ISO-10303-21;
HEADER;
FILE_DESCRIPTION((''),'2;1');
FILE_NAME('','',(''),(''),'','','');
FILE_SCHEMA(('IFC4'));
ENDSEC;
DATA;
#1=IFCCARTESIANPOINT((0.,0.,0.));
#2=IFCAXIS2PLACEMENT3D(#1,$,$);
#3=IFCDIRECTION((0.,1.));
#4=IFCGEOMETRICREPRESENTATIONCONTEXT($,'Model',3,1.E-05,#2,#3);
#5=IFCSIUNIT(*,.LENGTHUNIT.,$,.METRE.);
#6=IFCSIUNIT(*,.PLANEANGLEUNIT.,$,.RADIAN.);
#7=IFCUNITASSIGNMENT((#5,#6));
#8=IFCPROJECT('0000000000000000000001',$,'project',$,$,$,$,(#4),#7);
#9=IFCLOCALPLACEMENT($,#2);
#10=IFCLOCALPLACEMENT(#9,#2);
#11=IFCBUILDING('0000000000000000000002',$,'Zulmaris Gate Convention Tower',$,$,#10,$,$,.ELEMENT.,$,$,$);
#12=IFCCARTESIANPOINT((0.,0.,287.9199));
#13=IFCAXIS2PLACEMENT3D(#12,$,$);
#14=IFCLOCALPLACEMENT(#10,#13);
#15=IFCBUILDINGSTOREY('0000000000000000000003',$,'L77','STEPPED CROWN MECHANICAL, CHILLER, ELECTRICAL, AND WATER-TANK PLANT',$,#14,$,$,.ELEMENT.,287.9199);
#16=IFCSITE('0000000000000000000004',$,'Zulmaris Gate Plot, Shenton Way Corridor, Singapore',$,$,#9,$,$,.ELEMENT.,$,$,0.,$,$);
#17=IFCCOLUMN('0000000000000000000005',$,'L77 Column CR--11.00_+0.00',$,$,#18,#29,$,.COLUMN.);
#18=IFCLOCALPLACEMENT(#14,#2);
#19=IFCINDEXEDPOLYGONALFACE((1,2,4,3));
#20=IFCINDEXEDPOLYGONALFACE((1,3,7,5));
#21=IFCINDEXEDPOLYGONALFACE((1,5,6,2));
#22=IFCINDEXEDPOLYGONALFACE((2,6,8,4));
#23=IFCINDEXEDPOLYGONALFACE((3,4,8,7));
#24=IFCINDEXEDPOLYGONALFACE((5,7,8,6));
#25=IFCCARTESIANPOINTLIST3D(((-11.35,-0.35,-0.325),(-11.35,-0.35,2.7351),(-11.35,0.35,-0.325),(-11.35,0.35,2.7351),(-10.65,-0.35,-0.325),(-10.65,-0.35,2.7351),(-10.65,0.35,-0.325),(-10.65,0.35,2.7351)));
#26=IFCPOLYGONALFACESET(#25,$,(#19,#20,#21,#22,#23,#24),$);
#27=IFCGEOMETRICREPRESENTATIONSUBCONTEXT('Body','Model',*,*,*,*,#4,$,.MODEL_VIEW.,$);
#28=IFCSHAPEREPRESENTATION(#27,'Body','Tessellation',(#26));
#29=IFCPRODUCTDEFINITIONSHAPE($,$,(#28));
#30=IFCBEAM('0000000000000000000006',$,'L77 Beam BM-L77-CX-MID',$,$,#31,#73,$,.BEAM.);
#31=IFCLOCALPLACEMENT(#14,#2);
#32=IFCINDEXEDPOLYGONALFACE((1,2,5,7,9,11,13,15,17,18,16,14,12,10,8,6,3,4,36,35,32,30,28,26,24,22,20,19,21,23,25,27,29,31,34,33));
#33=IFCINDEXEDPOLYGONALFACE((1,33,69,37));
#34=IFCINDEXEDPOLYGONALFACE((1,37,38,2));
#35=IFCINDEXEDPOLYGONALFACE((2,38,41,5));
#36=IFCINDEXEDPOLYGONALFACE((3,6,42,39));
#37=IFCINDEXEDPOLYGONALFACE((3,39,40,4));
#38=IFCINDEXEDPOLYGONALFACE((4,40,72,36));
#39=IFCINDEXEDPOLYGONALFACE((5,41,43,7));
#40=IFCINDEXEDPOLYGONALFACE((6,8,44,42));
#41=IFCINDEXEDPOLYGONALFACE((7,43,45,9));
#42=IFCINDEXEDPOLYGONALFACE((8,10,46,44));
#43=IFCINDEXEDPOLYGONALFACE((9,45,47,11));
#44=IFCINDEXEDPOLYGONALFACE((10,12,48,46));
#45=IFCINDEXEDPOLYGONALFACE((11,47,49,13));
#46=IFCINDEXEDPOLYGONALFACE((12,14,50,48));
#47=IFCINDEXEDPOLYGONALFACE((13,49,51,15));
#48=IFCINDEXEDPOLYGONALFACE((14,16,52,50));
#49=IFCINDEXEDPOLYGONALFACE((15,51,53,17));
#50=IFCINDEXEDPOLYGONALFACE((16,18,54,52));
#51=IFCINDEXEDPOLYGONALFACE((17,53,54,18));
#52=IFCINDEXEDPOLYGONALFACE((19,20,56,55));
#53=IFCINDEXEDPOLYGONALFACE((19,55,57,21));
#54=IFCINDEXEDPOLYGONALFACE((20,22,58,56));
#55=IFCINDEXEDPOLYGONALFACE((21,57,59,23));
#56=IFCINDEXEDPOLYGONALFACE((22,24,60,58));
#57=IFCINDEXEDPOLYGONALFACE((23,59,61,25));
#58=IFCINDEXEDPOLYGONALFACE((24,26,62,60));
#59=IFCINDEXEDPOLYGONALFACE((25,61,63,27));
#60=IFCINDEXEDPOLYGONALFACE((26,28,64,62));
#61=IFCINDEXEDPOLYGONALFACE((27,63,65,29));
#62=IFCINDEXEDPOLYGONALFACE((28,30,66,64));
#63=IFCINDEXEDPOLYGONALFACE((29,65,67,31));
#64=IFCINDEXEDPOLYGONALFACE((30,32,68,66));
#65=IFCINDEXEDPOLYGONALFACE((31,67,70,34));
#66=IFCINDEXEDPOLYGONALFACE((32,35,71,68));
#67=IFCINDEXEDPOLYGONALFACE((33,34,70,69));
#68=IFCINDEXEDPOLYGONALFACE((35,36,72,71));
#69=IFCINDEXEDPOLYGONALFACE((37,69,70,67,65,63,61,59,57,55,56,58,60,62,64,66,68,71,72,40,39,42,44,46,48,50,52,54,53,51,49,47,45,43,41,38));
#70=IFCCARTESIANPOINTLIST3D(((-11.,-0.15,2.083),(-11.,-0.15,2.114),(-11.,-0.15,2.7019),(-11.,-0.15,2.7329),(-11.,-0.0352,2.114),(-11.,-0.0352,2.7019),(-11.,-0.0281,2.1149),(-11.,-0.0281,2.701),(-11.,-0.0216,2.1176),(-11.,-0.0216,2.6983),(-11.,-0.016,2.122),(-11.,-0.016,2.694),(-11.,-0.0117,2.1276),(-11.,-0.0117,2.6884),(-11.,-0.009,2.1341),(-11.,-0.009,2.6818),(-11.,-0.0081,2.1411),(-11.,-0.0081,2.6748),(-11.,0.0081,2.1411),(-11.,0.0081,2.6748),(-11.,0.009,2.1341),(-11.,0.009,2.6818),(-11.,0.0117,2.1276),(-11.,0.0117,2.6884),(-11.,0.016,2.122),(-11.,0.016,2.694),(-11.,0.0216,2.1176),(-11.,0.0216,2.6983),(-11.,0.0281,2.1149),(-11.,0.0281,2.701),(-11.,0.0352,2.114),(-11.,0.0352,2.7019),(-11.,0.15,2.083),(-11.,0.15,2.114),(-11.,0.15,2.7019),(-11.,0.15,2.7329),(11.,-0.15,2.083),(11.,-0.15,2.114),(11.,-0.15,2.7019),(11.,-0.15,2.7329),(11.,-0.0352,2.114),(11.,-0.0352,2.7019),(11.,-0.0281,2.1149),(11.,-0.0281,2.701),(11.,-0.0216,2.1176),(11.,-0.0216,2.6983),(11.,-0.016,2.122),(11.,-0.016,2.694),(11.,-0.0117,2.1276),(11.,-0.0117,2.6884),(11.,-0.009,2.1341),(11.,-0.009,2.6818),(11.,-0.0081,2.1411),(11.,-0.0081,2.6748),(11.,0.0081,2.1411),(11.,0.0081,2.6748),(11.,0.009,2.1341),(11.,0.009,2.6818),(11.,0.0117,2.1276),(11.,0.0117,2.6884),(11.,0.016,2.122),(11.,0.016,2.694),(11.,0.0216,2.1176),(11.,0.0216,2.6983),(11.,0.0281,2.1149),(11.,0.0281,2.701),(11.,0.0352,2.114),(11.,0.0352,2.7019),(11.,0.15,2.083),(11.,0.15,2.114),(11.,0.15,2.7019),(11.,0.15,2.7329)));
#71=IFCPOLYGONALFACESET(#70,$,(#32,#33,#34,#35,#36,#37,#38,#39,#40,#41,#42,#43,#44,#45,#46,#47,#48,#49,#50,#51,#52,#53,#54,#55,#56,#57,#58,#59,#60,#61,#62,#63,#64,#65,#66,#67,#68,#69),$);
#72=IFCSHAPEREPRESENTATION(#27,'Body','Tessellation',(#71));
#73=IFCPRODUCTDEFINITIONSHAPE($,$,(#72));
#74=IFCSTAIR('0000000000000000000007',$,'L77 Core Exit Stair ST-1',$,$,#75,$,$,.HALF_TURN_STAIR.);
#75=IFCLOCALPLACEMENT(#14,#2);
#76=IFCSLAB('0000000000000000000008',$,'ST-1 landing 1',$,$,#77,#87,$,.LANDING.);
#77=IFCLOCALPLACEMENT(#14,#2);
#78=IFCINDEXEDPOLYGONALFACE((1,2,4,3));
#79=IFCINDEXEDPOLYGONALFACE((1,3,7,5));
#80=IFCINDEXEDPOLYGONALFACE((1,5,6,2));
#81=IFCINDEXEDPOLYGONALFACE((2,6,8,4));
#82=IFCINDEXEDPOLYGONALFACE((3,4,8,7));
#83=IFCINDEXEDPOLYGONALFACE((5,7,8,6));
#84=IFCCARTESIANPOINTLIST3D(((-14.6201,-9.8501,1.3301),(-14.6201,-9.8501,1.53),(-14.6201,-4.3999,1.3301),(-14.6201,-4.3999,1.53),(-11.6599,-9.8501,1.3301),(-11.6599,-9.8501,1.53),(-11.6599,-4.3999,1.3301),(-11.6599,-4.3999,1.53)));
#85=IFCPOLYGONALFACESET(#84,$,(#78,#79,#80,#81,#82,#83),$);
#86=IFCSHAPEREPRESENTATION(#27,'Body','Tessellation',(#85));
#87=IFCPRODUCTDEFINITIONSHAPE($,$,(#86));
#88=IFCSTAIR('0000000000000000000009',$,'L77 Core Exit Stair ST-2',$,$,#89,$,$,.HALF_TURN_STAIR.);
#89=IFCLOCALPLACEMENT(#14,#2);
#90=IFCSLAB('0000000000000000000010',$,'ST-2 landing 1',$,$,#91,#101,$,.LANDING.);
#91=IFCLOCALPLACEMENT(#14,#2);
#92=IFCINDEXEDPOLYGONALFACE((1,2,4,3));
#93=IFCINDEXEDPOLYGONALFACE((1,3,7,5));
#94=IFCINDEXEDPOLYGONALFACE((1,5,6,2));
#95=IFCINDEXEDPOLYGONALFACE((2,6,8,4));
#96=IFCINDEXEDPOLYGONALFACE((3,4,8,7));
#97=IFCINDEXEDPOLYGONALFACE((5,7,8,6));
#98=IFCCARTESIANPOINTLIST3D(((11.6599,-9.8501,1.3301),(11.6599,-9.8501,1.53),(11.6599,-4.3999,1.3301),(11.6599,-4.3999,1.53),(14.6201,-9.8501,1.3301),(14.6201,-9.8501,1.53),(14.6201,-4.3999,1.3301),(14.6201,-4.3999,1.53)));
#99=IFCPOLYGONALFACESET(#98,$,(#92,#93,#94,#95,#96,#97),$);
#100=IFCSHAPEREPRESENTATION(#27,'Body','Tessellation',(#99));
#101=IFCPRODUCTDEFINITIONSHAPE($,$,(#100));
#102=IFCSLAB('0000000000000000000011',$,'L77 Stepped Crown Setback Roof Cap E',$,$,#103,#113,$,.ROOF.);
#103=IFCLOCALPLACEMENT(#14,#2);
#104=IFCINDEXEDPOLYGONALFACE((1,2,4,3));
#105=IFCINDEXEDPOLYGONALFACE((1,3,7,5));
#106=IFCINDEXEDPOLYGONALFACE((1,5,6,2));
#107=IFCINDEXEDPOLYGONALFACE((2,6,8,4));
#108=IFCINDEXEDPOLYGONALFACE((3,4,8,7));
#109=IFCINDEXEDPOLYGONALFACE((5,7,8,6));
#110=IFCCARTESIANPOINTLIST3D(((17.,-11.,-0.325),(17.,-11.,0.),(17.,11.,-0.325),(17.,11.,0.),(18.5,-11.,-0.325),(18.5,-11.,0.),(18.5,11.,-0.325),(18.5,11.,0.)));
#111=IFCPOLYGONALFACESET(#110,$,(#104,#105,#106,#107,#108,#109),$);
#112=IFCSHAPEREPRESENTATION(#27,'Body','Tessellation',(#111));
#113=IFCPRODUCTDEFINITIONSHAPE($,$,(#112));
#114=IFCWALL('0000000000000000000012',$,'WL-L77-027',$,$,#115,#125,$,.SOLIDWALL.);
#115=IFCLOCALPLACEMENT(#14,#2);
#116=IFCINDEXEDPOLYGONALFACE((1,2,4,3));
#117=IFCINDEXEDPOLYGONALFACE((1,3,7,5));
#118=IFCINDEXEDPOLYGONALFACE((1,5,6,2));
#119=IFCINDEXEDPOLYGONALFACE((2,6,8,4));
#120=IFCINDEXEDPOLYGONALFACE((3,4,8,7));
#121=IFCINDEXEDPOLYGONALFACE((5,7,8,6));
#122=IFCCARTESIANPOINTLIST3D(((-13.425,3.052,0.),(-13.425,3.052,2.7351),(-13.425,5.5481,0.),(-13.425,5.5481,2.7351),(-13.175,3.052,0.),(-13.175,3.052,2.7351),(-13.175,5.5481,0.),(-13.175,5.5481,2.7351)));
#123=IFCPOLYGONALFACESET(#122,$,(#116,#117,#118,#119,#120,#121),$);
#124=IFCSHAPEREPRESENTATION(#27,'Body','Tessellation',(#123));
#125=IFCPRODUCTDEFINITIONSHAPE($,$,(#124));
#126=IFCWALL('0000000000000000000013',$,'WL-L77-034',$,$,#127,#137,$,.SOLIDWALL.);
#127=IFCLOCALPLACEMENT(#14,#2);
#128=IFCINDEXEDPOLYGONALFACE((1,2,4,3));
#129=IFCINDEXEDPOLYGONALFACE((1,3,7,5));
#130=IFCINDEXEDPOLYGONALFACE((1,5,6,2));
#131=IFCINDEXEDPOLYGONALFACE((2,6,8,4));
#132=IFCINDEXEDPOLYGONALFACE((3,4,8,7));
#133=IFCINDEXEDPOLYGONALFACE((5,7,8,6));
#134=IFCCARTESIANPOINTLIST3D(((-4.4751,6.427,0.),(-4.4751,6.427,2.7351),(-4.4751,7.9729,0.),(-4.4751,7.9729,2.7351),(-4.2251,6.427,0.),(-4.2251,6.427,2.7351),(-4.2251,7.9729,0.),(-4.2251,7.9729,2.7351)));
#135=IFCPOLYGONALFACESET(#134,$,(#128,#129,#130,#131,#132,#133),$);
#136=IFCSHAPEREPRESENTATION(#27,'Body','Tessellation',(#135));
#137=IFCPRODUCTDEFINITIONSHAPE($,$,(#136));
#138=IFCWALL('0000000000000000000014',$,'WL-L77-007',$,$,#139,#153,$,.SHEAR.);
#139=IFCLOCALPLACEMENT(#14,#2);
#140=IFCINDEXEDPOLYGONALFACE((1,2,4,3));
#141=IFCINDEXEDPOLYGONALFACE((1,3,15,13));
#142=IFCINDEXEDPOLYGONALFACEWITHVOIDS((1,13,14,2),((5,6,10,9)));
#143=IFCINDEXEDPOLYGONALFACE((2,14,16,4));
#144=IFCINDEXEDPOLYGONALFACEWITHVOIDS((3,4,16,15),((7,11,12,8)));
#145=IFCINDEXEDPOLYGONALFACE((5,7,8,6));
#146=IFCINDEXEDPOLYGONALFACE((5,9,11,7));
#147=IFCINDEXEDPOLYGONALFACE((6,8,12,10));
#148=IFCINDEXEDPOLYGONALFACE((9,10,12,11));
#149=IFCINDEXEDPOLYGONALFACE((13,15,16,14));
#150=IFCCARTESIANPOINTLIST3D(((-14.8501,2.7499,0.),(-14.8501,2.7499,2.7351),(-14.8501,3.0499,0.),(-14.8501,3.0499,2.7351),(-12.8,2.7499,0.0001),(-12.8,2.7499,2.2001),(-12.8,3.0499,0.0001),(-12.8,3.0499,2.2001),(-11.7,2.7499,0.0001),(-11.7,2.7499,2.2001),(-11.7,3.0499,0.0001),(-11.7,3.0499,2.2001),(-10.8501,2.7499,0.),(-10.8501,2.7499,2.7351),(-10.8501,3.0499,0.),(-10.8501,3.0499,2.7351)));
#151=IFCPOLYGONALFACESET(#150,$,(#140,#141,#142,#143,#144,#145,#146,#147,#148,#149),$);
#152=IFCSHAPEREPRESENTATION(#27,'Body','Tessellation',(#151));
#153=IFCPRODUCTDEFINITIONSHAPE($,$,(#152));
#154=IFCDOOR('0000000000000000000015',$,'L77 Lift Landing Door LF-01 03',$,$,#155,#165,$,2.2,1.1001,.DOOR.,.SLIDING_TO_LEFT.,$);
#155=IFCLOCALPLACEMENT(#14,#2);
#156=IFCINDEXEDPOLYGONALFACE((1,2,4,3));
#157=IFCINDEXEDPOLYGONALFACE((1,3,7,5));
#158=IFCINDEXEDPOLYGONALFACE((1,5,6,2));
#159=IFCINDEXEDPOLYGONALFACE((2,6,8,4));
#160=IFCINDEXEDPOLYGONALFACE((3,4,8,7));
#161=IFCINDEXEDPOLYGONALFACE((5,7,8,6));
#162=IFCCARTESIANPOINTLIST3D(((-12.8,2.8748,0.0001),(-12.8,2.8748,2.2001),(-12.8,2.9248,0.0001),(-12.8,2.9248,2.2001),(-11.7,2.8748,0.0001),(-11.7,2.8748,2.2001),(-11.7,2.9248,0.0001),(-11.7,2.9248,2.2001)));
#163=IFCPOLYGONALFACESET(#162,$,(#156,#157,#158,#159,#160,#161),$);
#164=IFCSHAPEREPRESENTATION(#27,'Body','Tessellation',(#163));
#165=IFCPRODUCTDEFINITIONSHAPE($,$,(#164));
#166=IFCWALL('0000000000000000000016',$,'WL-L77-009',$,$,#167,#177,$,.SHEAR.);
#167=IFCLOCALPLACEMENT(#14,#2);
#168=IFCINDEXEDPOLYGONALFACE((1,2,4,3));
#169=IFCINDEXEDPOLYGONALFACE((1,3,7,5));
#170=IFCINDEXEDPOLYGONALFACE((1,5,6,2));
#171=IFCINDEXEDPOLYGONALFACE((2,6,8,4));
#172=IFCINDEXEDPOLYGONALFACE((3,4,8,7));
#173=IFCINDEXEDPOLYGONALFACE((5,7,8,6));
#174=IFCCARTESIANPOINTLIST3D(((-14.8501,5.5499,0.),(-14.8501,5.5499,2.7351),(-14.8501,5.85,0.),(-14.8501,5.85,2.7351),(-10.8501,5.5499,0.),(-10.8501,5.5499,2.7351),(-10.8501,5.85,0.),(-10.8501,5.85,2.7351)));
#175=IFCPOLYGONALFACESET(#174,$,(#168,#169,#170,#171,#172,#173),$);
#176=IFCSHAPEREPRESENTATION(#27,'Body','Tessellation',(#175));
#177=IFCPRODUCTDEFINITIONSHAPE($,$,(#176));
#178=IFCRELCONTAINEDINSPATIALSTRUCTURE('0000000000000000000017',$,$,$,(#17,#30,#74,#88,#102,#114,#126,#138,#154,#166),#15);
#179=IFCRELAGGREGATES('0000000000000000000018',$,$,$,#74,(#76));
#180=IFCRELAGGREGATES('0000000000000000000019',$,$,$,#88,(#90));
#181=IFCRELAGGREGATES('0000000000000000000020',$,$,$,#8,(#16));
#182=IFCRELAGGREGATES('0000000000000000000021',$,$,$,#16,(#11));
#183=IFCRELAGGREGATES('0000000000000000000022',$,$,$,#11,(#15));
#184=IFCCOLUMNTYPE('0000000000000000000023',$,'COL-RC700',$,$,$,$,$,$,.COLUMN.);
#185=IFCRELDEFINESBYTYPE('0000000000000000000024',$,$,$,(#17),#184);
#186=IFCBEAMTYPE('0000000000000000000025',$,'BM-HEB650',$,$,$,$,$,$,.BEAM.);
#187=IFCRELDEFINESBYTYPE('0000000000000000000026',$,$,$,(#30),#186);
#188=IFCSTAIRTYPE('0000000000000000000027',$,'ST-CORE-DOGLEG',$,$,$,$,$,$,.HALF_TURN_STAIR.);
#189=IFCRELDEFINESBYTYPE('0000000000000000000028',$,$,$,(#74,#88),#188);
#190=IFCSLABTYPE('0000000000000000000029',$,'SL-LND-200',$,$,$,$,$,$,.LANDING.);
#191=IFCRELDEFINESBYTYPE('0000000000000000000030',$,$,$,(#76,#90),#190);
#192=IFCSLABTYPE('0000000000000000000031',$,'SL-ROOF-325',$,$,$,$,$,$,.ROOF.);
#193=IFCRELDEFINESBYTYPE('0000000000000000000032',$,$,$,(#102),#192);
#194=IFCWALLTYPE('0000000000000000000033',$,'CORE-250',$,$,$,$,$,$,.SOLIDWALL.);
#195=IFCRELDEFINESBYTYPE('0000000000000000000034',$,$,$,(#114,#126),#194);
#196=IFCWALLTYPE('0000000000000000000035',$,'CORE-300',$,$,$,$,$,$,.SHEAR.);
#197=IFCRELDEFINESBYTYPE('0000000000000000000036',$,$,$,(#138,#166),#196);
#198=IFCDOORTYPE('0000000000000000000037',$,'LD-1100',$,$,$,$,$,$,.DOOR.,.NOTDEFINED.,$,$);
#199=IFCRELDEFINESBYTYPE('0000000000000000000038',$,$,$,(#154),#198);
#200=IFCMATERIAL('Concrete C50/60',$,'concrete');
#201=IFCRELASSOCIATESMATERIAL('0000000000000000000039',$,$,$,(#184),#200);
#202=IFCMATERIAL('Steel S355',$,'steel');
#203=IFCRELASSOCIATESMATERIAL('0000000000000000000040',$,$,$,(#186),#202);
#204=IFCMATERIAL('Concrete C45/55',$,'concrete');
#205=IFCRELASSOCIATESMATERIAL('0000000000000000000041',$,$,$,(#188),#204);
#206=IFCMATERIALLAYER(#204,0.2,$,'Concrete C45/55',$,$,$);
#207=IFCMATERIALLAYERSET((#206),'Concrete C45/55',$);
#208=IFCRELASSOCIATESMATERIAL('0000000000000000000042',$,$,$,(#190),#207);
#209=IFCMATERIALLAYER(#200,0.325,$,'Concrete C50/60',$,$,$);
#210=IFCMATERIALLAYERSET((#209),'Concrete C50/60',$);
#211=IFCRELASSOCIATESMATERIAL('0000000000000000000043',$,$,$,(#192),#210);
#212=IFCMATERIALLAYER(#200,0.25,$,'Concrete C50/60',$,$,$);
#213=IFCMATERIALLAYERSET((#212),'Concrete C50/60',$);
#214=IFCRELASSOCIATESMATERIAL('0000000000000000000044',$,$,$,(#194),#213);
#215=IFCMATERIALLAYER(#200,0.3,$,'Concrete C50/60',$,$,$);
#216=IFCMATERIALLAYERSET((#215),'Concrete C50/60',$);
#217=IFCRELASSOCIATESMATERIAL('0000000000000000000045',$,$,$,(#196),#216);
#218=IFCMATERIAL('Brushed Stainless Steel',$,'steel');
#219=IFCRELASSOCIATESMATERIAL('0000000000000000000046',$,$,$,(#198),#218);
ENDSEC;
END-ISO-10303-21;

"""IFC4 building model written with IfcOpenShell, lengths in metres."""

from ifc_helpers import new_model, si_unit, direction, frame, frame_2d, origin, origin_2d, place, context, subcontext, project, spatial, polyline, rectangle, i_section, outline, extrude, material, layer, layer_set, material_profile, profile_set, type_object, element, fill, aggregate, save


model = new_model("IFC4")

# Units and contexts
model_context = context("Model", 3, precision=1e-05, world=origin(), true_north=direction((0.0, 1.0)))
body_context = subcontext(model_context, "Body", "Model", "MODEL_VIEW")
ifc_project = project(units=[si_unit("LENGTHUNIT", "METRE"), si_unit("PLANEANGLEUNIT", "RADIAN")], contexts=[model_context])

# Site, building, storey
site_placement = place(None, origin())
site = spatial("IfcSite", under=ifc_project, at=site_placement, Name="Zulmaris Gate Plot, Shenton Way Corridor, Singapore", CompositionType="ELEMENT", RefElevation=0.0)
building_placement = place(site_placement, origin())
building = spatial("IfcBuilding", under=site, at=building_placement, Name="Zulmaris Gate Convention Tower", CompositionType="ELEMENT")
storey_placement = place(building_placement, frame((0.0, 0.0, 287.9199)))
storey = spatial("IfcBuildingStorey", under=building, at=storey_placement, Name="L77", Description="STEPPED CROWN MECHANICAL, CHILLER, ELECTRICAL, AND WATER-TANK PLANT", CompositionType="ELEMENT", Elevation=287.9199)

# Column
ifc_material_1 = material(Name="Concrete C50/60", Category="concrete")
ifc_material_profile_1 = material_profile(ifc_material_1, rectangle(XDim=0.7, YDim=0.7, at=origin_2d()), Name="RC COL 700x700")
ifc_profile_set_1 = profile_set([ifc_material_profile_1], Name="Concrete C50/60")
column_type = type_object("IfcColumnType", Name="COL-RC700", PredefinedType="COLUMN", material=ifc_profile_set_1)
column_placement = place(storey_placement, frame((-11.0, 0.0, -0.325), z_axis=(0.0, 0.0, 1.0), x_axis=(1.0, 0.0, 0.0)))
element("IfcColumn", 1, at=column_placement, inside=storey, type_object=column_type, Name="L77 Column CR--11.00_+0.00", PredefinedType="COLUMN", context=body_context, shape_type="SweptSolid", body=[
    extrude(rectangle(XDim=0.7, YDim=0.7, at=origin_2d()), origin(), (0.0, 0.0, 1.0), 3.0601),
])

# Beam
ifc_material_2 = material(Name="Steel S355", Category="steel")
ifc_material_profile_2 = material_profile(ifc_material_2, i_section(OverallWidth=0.3, OverallDepth=0.6499, WebThickness=0.0161, FlangeThickness=0.031, FilletRadius=0.0271, at=origin_2d()), Name="HEB 650")
ifc_profile_set_2 = profile_set([ifc_material_profile_2], Name="Steel S355")
beam_type = type_object("IfcBeamType", Name="BM-HEB650", PredefinedType="BEAM", material=ifc_profile_set_2)
beam_placement = place(storey_placement, frame((-11.0, 0.0, 2.408), z_axis=(1.0, 0.0, 0.0), x_axis=(0.0, 1.0, 0.0)))
element("IfcBeam", 2, at=beam_placement, inside=storey, type_object=beam_type, Name="L77 Beam BM-L77-CX-MID", PredefinedType="BEAM", context=body_context, shape_type="SweptSolid", body=[
    extrude(i_section(OverallWidth=0.3, OverallDepth=0.6499, WebThickness=0.0161, FlangeThickness=0.031, FilletRadius=0.0271, at=origin_2d()), origin(), (0.0, 0.0, 1.0), 22.0),
])

# Stairs, slabs
ifc_material_3 = material(Name="Concrete C45/55", Category="concrete")
stair_type_1 = type_object("IfcStairType", Name="ST-CORE-DOGLEG", PredefinedType="HALF_TURN_STAIR", material=ifc_material_3)
stair_1_placement = place(storey_placement, origin())
stair_1 = element("IfcStair", 3, at=stair_1_placement, inside=storey, type_object=stair_type_1, Name="L77 Core Exit Stair ST-1", PredefinedType="HALF_TURN_STAIR")
ifc_layer_1 = layer(ifc_material_3, 0.2, Name="Concrete C45/55")
ifc_layer_set_1 = layer_set([ifc_layer_1], Name="Concrete C45/55")
slab_type_1 = type_object("IfcSlabType", Name="SL-LND-200", PredefinedType="LANDING", material=ifc_layer_set_1)
slab_1_placement = place(storey_placement, frame((0.0, 0.0, 1.3301)))
slab_1 = element("IfcSlab", 4, at=slab_1_placement, type_object=slab_type_1, Name="ST-1 landing 1", PredefinedType="LANDING", context=body_context, shape_type="SweptSolid", body=[
    extrude(outline(polyline([(-14.6201, -4.3999), (-14.6201, -9.8501), (-11.6599, -9.8501), (-11.6599, -4.3999), (-14.6201, -4.3999)])), origin(), (0.0, 0.0, 1.0), 0.2),
])
aggregate(stair_1, [slab_1])
stair_2_placement = place(storey_placement, origin())
stair_2 = element("IfcStair", 5, at=stair_2_placement, inside=storey, type_object=stair_type_1, Name="L77 Core Exit Stair ST-2", PredefinedType="HALF_TURN_STAIR")
slab_2_placement = place(storey_placement, frame((0.0, 0.0, 1.3301)))
slab_2 = element("IfcSlab", 6, at=slab_2_placement, type_object=slab_type_1, Name="ST-2 landing 1", PredefinedType="LANDING", context=body_context, shape_type="SweptSolid", body=[
    extrude(outline(polyline([(11.6599, -4.3999), (11.6599, -9.8501), (14.6201, -9.8501), (14.6201, -4.3999), (11.6599, -4.3999)])), origin(), (0.0, 0.0, 1.0), 0.2),
])
aggregate(stair_2, [slab_2])

# Slab
ifc_layer_2 = layer(ifc_material_1, 0.325, Name="Concrete C50/60")
ifc_layer_set_2 = layer_set([ifc_layer_2], Name="Concrete C50/60")
slab_type_2 = type_object("IfcSlabType", Name="SL-ROOF-325", PredefinedType="ROOF", material=ifc_layer_set_2)
slab_3_placement = place(storey_placement, frame((0.0, 0.0, -0.325)))
element("IfcSlab", 7, at=slab_3_placement, inside=storey, type_object=slab_type_2, Name="L77 Stepped Crown Setback Roof Cap E", PredefinedType="ROOF", context=body_context, shape_type="SweptSolid", body=[
    extrude(outline(polyline([(17.0, -11.0), (18.5, -11.0), (18.5, 11.0), (17.0, 11.0), (17.0, -11.0)])), origin(), (0.0, 0.0, 1.0), 0.325),
])

# Shared definitions
ifc_layer_3 = layer(ifc_material_1, 0.25, Name="Concrete C50/60")
ifc_layer_set_3 = layer_set([ifc_layer_3], Name="Concrete C50/60")
wall_type_1 = type_object("IfcWallType", Name="CORE-250", PredefinedType="SOLIDWALL", material=ifc_layer_set_3)

# Walls
wall_1_placement = place(storey_placement, frame((-13.3, 3.052, 0.0), z_axis=(0.0, 0.0, 1.0), x_axis=(0.0, 1.0, 0.0)))
element("IfcWall", 8, at=wall_1_placement, inside=storey, type_object=wall_type_1, Name="WL-L77-027", PredefinedType="SOLIDWALL", context=body_context, shape_type="SweptSolid", body=[
    extrude(rectangle(XDim=2.4961, YDim=0.25, at=frame_2d((1.248, 0.0))), origin(), (0.0, 0.0, 1.0), 2.7351),
])
wall_2_placement = place(storey_placement, frame((-4.3501, 6.427, 0.0), z_axis=(0.0, 0.0, 1.0), x_axis=(0.0, 1.0, 0.0)))
element("IfcWall", 9, at=wall_2_placement, inside=storey, type_object=wall_type_1, Name="WL-L77-034", PredefinedType="SOLIDWALL", context=body_context, shape_type="SweptSolid", body=[
    extrude(rectangle(XDim=1.5459, YDim=0.25, at=frame_2d((0.7729, 0.0))), origin(), (0.0, 0.0, 1.0), 2.7351),
])

# Wall, opening, door
ifc_layer_4 = layer(ifc_material_1, 0.3, Name="Concrete C50/60")
ifc_layer_set_4 = layer_set([ifc_layer_4], Name="Concrete C50/60")
wall_type_2 = type_object("IfcWallType", Name="CORE-300", PredefinedType="SHEAR", material=ifc_layer_set_4)
wall_3_placement = place(storey_placement, frame((-14.8501, 2.8999, 0.0), z_axis=(0.0, 0.0, 1.0), x_axis=(1.0, 0.0, 0.0)))
wall_3 = element("IfcWall", 10, at=wall_3_placement, inside=storey, type_object=wall_type_2, Name="WL-L77-007", PredefinedType="SHEAR", context=body_context, shape_type="SweptSolid", body=[
    extrude(rectangle(XDim=4.0, YDim=0.3, at=frame_2d((2.0, 0.0))), origin(), (0.0, 0.0, 1.0), 2.7351),
])
opening_1_placement = place(wall_3_placement, frame((2.05, 0.0, 0.0)))
opening_1 = element("IfcOpeningElement", 11, at=opening_1_placement, cuts=wall_3, PredefinedType="OPENING", context=body_context, shape_type="SweptSolid", body=[
    extrude(rectangle(XDim=1.1001, YDim=2.2, at=frame_2d((0.55, 1.1001))), frame((0.0, 0.1602, 0.0), z_axis=(0.0, -1.0, 0.0), x_axis=(1.0, 0.0, 0.0)), (0.0, 0.0, 1.0), 0.3201),
])
ifc_material_4 = material(Name="Brushed Stainless Steel", Category="steel")
door_type_1 = type_object("IfcDoorType", Name="LD-1100", OperationType="NOTDEFINED", PredefinedType="DOOR", material=ifc_material_4)
door_1_placement = place(opening_1_placement, origin())
door_1 = element("IfcDoor", 12, at=door_1_placement, inside=storey, type_object=door_type_1, Name="L77 Lift Landing Door LF-01 03", OperationType="SLIDING_TO_LEFT", OverallHeight=2.2, OverallWidth=1.1001, PredefinedType="DOOR", context=body_context, shape_type="SweptSolid", body=[
    extrude(rectangle(XDim=1.1001, YDim=2.2, at=frame_2d((0.55, 1.1001))), frame((0.0, 0.0249, 0.0), z_axis=(0.0, -1.0, 0.0), x_axis=(1.0, 0.0, 0.0)), (0.0, 0.0, 1.0), 0.05),
])
fill(opening_1, door_1)

# Wall
wall_4_placement = place(storey_placement, frame((-14.8501, 5.7, 0.0), z_axis=(0.0, 0.0, 1.0), x_axis=(1.0, 0.0, 0.0)))
element("IfcWall", 13, at=wall_4_placement, inside=storey, type_object=wall_type_2, Name="WL-L77-009", PredefinedType="SHEAR", context=body_context, shape_type="SweptSolid", body=[
    extrude(rectangle(XDim=4.0, YDim=0.3, at=frame_2d((2.0, 0.0))), origin(), (0.0, 0.0, 1.0), 2.7351),
])

save(model, "model.ifc")
